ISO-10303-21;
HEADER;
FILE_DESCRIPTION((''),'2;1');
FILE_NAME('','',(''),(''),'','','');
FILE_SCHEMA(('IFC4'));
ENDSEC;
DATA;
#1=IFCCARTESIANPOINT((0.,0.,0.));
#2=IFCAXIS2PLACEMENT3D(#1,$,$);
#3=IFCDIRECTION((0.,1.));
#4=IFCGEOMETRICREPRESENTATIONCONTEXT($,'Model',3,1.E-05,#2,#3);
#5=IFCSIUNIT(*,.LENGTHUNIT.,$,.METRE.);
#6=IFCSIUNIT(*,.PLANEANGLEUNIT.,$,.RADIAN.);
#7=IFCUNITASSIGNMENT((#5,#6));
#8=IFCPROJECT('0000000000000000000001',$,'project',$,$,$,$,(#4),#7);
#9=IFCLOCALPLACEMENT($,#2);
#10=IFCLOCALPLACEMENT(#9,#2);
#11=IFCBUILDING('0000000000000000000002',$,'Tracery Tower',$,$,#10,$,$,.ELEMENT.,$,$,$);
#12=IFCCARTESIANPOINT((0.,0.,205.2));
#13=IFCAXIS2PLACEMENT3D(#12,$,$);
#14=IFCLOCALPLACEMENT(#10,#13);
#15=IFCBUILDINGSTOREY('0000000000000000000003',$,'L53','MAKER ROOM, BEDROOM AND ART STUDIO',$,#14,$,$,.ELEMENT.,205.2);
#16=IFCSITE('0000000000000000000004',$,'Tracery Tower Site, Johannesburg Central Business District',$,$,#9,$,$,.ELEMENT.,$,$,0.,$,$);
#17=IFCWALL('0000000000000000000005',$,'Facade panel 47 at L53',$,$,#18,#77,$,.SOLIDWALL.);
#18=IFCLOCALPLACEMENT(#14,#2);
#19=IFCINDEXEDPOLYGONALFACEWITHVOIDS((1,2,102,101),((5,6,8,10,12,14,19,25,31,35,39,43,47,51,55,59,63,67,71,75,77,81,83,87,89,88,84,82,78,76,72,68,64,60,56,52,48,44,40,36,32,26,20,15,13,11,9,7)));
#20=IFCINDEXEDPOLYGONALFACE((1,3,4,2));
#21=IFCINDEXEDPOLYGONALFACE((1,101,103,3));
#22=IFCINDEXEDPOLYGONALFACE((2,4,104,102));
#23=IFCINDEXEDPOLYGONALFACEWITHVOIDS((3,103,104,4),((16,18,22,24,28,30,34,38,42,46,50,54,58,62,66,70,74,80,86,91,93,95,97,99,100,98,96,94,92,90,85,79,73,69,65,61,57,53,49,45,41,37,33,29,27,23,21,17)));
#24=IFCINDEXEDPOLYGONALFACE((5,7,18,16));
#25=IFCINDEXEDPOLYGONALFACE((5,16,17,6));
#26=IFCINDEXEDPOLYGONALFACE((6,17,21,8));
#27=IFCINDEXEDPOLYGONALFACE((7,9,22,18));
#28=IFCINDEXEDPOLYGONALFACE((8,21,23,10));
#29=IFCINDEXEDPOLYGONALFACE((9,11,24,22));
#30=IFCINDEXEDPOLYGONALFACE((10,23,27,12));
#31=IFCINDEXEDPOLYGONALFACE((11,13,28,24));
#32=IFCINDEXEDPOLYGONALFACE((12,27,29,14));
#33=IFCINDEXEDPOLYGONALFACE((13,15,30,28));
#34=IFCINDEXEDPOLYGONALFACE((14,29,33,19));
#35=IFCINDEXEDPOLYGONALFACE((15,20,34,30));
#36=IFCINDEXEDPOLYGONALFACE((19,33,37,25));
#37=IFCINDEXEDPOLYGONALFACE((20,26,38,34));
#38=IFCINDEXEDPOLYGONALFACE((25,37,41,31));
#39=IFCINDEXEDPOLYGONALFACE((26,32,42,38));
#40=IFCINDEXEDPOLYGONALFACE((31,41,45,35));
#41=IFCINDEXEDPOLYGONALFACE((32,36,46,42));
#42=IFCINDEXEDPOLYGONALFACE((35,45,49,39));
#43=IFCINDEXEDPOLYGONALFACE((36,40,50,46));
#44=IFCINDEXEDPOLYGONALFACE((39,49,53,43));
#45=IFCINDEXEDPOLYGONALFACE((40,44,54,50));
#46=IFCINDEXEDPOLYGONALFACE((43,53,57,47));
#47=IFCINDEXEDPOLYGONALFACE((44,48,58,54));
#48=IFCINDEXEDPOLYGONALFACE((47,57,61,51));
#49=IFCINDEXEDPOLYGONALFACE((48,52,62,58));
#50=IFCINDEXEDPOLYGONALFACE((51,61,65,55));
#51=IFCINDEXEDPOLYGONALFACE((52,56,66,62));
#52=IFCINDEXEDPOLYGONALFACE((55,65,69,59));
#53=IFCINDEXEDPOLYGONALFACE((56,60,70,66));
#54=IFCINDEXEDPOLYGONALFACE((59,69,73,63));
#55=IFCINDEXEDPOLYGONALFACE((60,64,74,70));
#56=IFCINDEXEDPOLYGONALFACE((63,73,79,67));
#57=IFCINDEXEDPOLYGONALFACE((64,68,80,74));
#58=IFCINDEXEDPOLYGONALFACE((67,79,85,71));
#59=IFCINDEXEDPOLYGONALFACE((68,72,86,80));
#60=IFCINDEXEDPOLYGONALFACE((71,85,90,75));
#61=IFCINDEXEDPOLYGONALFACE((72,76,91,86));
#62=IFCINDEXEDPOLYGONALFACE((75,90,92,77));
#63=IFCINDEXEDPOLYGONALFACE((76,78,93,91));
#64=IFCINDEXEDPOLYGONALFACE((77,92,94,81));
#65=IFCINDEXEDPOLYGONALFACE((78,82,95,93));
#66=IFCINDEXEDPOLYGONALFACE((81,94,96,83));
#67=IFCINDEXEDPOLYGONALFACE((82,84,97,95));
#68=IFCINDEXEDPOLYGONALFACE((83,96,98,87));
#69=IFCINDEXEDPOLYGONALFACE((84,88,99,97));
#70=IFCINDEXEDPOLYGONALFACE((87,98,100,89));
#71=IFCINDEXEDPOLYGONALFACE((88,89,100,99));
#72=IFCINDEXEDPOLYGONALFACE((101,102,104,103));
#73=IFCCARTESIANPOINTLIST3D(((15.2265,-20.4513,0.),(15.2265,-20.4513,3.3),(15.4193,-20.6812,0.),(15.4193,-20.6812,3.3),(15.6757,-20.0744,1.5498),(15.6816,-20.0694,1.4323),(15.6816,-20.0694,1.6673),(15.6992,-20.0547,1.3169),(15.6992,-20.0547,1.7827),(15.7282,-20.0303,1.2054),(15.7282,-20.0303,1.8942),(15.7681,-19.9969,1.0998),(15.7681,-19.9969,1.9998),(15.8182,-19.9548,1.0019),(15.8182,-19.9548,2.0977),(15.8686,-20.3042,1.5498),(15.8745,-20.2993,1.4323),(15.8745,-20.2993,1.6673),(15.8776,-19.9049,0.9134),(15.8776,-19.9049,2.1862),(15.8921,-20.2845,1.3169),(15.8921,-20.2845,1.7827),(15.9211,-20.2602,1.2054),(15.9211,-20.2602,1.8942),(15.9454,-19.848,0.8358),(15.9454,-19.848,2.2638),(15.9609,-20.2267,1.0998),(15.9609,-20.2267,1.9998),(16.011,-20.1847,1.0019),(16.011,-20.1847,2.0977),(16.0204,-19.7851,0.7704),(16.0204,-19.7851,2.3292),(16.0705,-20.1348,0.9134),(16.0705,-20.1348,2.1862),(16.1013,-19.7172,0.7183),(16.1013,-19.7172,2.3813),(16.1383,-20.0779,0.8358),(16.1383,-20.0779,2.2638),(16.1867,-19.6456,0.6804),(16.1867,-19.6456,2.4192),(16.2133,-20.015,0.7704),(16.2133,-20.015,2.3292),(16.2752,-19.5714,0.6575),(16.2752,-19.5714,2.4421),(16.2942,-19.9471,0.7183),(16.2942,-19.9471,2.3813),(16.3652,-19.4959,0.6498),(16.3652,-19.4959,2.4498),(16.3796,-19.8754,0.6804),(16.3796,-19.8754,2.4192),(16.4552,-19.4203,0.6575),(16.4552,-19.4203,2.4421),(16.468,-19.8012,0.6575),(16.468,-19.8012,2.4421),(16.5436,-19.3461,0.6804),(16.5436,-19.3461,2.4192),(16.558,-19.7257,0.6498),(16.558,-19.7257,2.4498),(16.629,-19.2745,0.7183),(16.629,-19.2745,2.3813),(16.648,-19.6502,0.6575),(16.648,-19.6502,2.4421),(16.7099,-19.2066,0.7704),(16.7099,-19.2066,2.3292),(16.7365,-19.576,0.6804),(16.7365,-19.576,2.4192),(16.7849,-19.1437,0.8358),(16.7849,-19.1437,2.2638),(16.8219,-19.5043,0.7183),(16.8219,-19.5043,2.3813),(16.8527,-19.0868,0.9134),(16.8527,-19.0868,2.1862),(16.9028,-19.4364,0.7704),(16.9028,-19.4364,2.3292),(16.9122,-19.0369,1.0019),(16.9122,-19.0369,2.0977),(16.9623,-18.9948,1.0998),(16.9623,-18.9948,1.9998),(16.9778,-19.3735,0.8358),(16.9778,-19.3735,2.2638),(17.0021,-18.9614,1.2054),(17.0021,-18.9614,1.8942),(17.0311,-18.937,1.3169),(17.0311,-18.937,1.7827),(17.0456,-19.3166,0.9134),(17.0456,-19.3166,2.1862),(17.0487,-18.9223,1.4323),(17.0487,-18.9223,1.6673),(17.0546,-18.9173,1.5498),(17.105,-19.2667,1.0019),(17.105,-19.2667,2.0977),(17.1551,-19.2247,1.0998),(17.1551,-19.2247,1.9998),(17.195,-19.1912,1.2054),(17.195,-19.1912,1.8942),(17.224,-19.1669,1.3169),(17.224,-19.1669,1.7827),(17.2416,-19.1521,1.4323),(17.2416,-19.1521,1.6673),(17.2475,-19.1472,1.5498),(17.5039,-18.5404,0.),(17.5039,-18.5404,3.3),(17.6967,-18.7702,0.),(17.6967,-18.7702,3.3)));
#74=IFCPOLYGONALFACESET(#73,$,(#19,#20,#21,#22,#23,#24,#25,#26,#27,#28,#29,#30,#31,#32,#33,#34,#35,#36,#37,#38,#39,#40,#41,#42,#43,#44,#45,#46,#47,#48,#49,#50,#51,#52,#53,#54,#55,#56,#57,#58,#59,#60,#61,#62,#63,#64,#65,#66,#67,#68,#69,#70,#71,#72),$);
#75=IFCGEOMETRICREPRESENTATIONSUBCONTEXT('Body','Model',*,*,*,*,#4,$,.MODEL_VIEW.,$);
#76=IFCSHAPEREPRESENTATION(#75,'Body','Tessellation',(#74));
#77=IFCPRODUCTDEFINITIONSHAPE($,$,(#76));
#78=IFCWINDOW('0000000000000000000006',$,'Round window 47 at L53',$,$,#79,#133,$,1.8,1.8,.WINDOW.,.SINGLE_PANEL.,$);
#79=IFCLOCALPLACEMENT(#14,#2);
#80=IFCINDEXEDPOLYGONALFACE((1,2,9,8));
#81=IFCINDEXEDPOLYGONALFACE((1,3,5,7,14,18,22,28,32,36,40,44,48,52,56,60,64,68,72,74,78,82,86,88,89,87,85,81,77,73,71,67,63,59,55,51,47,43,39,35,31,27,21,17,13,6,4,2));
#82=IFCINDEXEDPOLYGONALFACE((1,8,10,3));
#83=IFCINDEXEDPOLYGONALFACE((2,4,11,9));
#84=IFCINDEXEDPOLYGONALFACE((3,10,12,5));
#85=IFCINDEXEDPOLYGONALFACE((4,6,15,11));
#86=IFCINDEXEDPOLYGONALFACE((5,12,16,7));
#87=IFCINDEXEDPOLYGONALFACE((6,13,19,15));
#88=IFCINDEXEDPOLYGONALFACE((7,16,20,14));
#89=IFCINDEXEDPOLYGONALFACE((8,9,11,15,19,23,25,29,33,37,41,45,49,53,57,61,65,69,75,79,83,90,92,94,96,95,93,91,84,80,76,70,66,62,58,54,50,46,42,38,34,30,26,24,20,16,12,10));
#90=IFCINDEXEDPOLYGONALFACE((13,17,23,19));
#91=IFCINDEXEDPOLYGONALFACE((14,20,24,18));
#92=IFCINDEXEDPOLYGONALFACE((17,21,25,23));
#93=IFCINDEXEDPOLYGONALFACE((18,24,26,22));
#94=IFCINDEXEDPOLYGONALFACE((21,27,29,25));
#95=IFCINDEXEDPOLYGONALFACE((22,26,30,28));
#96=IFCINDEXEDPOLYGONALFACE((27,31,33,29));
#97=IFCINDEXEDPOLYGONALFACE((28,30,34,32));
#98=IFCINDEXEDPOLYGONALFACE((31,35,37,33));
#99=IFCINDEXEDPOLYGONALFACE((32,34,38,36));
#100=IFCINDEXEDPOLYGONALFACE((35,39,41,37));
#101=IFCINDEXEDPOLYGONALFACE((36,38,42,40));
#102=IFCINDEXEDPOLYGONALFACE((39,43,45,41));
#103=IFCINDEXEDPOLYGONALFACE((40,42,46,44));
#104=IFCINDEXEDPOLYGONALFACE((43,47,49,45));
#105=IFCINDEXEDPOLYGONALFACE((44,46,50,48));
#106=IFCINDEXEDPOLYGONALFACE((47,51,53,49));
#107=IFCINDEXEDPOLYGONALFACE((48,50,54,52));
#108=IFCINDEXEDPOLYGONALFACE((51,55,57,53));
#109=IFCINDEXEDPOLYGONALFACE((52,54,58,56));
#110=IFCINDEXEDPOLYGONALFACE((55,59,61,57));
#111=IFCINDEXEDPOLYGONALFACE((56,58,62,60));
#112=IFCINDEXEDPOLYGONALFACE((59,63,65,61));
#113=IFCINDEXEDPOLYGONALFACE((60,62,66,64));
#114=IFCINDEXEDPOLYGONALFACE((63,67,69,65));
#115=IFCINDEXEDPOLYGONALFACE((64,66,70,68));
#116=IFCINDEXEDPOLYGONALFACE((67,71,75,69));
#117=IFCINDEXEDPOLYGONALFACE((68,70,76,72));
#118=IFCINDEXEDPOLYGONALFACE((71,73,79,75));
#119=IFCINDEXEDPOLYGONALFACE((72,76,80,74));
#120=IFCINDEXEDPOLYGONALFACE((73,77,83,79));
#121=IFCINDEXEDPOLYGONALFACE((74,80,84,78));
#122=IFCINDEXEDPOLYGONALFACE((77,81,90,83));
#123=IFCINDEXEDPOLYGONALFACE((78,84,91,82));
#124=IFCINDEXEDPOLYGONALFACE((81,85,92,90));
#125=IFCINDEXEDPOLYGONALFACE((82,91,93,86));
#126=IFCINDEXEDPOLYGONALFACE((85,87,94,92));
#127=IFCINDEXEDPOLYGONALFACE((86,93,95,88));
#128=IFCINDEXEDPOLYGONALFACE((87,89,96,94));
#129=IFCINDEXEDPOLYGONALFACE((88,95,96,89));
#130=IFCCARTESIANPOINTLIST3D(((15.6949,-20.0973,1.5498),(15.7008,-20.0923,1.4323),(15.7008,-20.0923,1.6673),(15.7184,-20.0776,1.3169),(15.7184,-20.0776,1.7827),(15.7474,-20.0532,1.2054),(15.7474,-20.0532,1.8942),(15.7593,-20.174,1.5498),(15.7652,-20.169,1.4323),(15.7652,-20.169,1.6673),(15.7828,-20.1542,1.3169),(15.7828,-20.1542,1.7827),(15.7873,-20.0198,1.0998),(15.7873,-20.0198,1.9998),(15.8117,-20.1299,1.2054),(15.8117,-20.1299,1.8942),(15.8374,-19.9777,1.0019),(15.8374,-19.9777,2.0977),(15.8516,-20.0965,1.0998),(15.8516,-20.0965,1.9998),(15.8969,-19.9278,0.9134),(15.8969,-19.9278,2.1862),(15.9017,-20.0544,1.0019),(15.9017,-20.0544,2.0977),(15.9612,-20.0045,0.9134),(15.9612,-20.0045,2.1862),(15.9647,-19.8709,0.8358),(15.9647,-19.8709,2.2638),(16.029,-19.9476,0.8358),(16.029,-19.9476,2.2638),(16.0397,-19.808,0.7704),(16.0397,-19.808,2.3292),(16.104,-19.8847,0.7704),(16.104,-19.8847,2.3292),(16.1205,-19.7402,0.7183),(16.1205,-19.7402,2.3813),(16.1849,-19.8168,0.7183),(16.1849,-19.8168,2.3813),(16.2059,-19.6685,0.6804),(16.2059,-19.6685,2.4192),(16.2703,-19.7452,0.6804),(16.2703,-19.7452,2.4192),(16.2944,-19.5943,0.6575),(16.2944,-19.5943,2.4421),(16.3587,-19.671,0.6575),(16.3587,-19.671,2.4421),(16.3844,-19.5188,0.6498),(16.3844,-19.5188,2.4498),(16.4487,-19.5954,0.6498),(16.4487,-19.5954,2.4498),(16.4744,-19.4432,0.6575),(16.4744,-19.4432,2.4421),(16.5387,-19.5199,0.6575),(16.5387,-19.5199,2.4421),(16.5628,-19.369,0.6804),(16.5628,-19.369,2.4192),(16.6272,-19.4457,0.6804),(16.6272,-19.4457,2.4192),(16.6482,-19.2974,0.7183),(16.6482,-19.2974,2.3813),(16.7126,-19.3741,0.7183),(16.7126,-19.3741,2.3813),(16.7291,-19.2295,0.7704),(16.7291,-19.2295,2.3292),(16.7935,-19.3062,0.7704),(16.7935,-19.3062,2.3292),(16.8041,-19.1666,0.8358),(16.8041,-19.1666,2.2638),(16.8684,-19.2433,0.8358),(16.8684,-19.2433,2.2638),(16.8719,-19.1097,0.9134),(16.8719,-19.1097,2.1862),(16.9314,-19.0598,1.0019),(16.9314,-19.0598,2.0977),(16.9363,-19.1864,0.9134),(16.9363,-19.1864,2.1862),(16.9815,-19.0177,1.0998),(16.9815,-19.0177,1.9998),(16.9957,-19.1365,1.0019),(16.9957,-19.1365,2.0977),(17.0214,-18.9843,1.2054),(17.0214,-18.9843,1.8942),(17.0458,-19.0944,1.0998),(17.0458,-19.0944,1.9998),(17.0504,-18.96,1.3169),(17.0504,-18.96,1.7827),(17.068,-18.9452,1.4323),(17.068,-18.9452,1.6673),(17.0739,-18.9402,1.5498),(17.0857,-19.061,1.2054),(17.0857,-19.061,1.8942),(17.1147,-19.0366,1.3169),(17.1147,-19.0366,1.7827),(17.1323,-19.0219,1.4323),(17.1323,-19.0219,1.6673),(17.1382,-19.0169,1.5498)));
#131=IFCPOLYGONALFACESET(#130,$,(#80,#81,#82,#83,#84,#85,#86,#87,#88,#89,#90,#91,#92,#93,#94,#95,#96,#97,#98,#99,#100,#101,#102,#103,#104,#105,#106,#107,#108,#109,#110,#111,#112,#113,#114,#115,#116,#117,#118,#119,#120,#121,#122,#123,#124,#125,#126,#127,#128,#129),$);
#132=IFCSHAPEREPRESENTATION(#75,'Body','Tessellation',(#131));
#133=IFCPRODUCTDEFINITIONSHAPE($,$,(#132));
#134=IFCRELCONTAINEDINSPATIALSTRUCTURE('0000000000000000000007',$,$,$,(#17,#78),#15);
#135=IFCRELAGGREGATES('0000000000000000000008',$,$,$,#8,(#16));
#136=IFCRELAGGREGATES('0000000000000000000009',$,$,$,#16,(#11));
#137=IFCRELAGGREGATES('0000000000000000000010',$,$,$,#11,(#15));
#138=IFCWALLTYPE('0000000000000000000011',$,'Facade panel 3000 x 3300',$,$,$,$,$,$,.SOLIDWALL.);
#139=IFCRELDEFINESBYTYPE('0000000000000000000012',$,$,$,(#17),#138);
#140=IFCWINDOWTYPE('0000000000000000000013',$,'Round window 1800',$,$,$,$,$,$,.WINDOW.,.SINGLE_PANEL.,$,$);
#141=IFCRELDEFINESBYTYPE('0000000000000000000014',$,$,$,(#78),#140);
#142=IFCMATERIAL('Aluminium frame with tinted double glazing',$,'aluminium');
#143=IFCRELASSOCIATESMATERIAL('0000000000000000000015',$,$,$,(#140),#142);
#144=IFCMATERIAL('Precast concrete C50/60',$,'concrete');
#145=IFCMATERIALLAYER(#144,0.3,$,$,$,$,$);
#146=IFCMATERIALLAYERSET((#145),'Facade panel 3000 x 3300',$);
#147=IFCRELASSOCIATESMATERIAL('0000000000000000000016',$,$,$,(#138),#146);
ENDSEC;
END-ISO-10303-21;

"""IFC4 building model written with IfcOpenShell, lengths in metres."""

from ifc_helpers import new_model, si_unit, direction, frame, frame_2d, origin, origin_2d, place, context, subcontext, project, spatial, rectangle, circle, extrude, material, layer, layer_set, type_object, element, fill, save


model = new_model("IFC4")

# Units and contexts
model_context = context("Model", 3, precision=1e-05, world=origin(), true_north=direction((0.0, 1.0)))
body_context = subcontext(model_context, "Body", "Model", "MODEL_VIEW")
ifc_project = project(units=[si_unit("LENGTHUNIT", "METRE"), si_unit("PLANEANGLEUNIT", "RADIAN")], contexts=[model_context])

# Site, building, storey
site_placement = place(None, origin())
site = spatial("IfcSite", under=ifc_project, at=site_placement, Name="Tracery Tower Site, Johannesburg Central Business District", CompositionType="ELEMENT", RefElevation=0.0)
building_placement = place(site_placement, origin())
building = spatial("IfcBuilding", under=site, at=building_placement, Name="Tracery Tower", CompositionType="ELEMENT")
storey_placement = place(building_placement, frame((0.0, 0.0, 205.2)))
storey = spatial("IfcBuildingStorey", under=building, at=storey_placement, Name="L53", Description="MAKER ROOM, BEDROOM AND ART STUDIO", CompositionType="ELEMENT", Elevation=205.2)

# Wall, opening, window
ifc_material_1 = material(Name="Aluminium frame with tinted double glazing", Category="aluminium")
window_type = type_object("IfcWindowType", Name="Round window 1800", PartitioningType="SINGLE_PANEL", PredefinedType="WINDOW", material=ifc_material_1)
ifc_material_2 = material(Name="Precast concrete C50/60", Category="concrete")
ifc_layer_1 = layer(ifc_material_2, 0.3)
ifc_layer_set_1 = layer_set([ifc_layer_1], Name="Facade panel 3000 x 3300")
wall_type_1 = type_object("IfcWallType", Name="Facade panel 3000 x 3300", PredefinedType="SOLIDWALL", material=ifc_layer_set_1)
wall_1_placement = place(storey_placement, frame((15.323, -20.5662, 0.0), z_axis=(0.0, 0.0, 1.0), x_axis=(0.766049, 0.642782, 0.0)))
wall_1 = element("IfcWall", 1, at=wall_1_placement, inside=storey, type_object=wall_type_1, Name="Facade panel 47 at L53", PredefinedType="SOLIDWALL", context=body_context, shape_type="SweptSolid", body=[
    extrude(rectangle(XDim=2.9729, YDim=0.3, at=frame_2d((1.4863, 0.0))), origin(), (0.0, 0.0, 1.0), 3.3),
])
opening_1_placement = place(wall_1_placement, frame((1.4863, 0.0, 1.5498)))
opening_1 = element("IfcOpeningElement", 2, at=opening_1_placement, cuts=wall_1, PredefinedType="OPENING", context=body_context, shape_type="SweptSolid", body=[
    extrude(circle(Radius=0.9, at=origin_2d()), frame((0.0, 0.1599, 0.0), z_axis=(0.0, -1.0, 0.0), x_axis=(1.0, 0.0, 0.0)), (0.0, 0.0, 1.0), 0.3201),
])
window_1_placement = place(opening_1_placement, origin())
window_1 = element("IfcWindow", 3, at=window_1_placement, inside=storey, type_object=window_type, Name="Round window 47 at L53", OverallHeight=1.8, OverallWidth=1.8, PartitioningType="SINGLE_PANEL", PredefinedType="WINDOW", context=body_context, shape_type="SweptSolid", body=[
    extrude(circle(Radius=0.9, at=origin_2d()), frame((0.0, 0.1201, 0.0), z_axis=(0.0, -1.0, 0.0), x_axis=(1.0, 0.0, 0.0)), (0.0, 0.0, 1.0), 0.1001),
])
fill(opening_1, window_1)

save(model, "model.ifc")
